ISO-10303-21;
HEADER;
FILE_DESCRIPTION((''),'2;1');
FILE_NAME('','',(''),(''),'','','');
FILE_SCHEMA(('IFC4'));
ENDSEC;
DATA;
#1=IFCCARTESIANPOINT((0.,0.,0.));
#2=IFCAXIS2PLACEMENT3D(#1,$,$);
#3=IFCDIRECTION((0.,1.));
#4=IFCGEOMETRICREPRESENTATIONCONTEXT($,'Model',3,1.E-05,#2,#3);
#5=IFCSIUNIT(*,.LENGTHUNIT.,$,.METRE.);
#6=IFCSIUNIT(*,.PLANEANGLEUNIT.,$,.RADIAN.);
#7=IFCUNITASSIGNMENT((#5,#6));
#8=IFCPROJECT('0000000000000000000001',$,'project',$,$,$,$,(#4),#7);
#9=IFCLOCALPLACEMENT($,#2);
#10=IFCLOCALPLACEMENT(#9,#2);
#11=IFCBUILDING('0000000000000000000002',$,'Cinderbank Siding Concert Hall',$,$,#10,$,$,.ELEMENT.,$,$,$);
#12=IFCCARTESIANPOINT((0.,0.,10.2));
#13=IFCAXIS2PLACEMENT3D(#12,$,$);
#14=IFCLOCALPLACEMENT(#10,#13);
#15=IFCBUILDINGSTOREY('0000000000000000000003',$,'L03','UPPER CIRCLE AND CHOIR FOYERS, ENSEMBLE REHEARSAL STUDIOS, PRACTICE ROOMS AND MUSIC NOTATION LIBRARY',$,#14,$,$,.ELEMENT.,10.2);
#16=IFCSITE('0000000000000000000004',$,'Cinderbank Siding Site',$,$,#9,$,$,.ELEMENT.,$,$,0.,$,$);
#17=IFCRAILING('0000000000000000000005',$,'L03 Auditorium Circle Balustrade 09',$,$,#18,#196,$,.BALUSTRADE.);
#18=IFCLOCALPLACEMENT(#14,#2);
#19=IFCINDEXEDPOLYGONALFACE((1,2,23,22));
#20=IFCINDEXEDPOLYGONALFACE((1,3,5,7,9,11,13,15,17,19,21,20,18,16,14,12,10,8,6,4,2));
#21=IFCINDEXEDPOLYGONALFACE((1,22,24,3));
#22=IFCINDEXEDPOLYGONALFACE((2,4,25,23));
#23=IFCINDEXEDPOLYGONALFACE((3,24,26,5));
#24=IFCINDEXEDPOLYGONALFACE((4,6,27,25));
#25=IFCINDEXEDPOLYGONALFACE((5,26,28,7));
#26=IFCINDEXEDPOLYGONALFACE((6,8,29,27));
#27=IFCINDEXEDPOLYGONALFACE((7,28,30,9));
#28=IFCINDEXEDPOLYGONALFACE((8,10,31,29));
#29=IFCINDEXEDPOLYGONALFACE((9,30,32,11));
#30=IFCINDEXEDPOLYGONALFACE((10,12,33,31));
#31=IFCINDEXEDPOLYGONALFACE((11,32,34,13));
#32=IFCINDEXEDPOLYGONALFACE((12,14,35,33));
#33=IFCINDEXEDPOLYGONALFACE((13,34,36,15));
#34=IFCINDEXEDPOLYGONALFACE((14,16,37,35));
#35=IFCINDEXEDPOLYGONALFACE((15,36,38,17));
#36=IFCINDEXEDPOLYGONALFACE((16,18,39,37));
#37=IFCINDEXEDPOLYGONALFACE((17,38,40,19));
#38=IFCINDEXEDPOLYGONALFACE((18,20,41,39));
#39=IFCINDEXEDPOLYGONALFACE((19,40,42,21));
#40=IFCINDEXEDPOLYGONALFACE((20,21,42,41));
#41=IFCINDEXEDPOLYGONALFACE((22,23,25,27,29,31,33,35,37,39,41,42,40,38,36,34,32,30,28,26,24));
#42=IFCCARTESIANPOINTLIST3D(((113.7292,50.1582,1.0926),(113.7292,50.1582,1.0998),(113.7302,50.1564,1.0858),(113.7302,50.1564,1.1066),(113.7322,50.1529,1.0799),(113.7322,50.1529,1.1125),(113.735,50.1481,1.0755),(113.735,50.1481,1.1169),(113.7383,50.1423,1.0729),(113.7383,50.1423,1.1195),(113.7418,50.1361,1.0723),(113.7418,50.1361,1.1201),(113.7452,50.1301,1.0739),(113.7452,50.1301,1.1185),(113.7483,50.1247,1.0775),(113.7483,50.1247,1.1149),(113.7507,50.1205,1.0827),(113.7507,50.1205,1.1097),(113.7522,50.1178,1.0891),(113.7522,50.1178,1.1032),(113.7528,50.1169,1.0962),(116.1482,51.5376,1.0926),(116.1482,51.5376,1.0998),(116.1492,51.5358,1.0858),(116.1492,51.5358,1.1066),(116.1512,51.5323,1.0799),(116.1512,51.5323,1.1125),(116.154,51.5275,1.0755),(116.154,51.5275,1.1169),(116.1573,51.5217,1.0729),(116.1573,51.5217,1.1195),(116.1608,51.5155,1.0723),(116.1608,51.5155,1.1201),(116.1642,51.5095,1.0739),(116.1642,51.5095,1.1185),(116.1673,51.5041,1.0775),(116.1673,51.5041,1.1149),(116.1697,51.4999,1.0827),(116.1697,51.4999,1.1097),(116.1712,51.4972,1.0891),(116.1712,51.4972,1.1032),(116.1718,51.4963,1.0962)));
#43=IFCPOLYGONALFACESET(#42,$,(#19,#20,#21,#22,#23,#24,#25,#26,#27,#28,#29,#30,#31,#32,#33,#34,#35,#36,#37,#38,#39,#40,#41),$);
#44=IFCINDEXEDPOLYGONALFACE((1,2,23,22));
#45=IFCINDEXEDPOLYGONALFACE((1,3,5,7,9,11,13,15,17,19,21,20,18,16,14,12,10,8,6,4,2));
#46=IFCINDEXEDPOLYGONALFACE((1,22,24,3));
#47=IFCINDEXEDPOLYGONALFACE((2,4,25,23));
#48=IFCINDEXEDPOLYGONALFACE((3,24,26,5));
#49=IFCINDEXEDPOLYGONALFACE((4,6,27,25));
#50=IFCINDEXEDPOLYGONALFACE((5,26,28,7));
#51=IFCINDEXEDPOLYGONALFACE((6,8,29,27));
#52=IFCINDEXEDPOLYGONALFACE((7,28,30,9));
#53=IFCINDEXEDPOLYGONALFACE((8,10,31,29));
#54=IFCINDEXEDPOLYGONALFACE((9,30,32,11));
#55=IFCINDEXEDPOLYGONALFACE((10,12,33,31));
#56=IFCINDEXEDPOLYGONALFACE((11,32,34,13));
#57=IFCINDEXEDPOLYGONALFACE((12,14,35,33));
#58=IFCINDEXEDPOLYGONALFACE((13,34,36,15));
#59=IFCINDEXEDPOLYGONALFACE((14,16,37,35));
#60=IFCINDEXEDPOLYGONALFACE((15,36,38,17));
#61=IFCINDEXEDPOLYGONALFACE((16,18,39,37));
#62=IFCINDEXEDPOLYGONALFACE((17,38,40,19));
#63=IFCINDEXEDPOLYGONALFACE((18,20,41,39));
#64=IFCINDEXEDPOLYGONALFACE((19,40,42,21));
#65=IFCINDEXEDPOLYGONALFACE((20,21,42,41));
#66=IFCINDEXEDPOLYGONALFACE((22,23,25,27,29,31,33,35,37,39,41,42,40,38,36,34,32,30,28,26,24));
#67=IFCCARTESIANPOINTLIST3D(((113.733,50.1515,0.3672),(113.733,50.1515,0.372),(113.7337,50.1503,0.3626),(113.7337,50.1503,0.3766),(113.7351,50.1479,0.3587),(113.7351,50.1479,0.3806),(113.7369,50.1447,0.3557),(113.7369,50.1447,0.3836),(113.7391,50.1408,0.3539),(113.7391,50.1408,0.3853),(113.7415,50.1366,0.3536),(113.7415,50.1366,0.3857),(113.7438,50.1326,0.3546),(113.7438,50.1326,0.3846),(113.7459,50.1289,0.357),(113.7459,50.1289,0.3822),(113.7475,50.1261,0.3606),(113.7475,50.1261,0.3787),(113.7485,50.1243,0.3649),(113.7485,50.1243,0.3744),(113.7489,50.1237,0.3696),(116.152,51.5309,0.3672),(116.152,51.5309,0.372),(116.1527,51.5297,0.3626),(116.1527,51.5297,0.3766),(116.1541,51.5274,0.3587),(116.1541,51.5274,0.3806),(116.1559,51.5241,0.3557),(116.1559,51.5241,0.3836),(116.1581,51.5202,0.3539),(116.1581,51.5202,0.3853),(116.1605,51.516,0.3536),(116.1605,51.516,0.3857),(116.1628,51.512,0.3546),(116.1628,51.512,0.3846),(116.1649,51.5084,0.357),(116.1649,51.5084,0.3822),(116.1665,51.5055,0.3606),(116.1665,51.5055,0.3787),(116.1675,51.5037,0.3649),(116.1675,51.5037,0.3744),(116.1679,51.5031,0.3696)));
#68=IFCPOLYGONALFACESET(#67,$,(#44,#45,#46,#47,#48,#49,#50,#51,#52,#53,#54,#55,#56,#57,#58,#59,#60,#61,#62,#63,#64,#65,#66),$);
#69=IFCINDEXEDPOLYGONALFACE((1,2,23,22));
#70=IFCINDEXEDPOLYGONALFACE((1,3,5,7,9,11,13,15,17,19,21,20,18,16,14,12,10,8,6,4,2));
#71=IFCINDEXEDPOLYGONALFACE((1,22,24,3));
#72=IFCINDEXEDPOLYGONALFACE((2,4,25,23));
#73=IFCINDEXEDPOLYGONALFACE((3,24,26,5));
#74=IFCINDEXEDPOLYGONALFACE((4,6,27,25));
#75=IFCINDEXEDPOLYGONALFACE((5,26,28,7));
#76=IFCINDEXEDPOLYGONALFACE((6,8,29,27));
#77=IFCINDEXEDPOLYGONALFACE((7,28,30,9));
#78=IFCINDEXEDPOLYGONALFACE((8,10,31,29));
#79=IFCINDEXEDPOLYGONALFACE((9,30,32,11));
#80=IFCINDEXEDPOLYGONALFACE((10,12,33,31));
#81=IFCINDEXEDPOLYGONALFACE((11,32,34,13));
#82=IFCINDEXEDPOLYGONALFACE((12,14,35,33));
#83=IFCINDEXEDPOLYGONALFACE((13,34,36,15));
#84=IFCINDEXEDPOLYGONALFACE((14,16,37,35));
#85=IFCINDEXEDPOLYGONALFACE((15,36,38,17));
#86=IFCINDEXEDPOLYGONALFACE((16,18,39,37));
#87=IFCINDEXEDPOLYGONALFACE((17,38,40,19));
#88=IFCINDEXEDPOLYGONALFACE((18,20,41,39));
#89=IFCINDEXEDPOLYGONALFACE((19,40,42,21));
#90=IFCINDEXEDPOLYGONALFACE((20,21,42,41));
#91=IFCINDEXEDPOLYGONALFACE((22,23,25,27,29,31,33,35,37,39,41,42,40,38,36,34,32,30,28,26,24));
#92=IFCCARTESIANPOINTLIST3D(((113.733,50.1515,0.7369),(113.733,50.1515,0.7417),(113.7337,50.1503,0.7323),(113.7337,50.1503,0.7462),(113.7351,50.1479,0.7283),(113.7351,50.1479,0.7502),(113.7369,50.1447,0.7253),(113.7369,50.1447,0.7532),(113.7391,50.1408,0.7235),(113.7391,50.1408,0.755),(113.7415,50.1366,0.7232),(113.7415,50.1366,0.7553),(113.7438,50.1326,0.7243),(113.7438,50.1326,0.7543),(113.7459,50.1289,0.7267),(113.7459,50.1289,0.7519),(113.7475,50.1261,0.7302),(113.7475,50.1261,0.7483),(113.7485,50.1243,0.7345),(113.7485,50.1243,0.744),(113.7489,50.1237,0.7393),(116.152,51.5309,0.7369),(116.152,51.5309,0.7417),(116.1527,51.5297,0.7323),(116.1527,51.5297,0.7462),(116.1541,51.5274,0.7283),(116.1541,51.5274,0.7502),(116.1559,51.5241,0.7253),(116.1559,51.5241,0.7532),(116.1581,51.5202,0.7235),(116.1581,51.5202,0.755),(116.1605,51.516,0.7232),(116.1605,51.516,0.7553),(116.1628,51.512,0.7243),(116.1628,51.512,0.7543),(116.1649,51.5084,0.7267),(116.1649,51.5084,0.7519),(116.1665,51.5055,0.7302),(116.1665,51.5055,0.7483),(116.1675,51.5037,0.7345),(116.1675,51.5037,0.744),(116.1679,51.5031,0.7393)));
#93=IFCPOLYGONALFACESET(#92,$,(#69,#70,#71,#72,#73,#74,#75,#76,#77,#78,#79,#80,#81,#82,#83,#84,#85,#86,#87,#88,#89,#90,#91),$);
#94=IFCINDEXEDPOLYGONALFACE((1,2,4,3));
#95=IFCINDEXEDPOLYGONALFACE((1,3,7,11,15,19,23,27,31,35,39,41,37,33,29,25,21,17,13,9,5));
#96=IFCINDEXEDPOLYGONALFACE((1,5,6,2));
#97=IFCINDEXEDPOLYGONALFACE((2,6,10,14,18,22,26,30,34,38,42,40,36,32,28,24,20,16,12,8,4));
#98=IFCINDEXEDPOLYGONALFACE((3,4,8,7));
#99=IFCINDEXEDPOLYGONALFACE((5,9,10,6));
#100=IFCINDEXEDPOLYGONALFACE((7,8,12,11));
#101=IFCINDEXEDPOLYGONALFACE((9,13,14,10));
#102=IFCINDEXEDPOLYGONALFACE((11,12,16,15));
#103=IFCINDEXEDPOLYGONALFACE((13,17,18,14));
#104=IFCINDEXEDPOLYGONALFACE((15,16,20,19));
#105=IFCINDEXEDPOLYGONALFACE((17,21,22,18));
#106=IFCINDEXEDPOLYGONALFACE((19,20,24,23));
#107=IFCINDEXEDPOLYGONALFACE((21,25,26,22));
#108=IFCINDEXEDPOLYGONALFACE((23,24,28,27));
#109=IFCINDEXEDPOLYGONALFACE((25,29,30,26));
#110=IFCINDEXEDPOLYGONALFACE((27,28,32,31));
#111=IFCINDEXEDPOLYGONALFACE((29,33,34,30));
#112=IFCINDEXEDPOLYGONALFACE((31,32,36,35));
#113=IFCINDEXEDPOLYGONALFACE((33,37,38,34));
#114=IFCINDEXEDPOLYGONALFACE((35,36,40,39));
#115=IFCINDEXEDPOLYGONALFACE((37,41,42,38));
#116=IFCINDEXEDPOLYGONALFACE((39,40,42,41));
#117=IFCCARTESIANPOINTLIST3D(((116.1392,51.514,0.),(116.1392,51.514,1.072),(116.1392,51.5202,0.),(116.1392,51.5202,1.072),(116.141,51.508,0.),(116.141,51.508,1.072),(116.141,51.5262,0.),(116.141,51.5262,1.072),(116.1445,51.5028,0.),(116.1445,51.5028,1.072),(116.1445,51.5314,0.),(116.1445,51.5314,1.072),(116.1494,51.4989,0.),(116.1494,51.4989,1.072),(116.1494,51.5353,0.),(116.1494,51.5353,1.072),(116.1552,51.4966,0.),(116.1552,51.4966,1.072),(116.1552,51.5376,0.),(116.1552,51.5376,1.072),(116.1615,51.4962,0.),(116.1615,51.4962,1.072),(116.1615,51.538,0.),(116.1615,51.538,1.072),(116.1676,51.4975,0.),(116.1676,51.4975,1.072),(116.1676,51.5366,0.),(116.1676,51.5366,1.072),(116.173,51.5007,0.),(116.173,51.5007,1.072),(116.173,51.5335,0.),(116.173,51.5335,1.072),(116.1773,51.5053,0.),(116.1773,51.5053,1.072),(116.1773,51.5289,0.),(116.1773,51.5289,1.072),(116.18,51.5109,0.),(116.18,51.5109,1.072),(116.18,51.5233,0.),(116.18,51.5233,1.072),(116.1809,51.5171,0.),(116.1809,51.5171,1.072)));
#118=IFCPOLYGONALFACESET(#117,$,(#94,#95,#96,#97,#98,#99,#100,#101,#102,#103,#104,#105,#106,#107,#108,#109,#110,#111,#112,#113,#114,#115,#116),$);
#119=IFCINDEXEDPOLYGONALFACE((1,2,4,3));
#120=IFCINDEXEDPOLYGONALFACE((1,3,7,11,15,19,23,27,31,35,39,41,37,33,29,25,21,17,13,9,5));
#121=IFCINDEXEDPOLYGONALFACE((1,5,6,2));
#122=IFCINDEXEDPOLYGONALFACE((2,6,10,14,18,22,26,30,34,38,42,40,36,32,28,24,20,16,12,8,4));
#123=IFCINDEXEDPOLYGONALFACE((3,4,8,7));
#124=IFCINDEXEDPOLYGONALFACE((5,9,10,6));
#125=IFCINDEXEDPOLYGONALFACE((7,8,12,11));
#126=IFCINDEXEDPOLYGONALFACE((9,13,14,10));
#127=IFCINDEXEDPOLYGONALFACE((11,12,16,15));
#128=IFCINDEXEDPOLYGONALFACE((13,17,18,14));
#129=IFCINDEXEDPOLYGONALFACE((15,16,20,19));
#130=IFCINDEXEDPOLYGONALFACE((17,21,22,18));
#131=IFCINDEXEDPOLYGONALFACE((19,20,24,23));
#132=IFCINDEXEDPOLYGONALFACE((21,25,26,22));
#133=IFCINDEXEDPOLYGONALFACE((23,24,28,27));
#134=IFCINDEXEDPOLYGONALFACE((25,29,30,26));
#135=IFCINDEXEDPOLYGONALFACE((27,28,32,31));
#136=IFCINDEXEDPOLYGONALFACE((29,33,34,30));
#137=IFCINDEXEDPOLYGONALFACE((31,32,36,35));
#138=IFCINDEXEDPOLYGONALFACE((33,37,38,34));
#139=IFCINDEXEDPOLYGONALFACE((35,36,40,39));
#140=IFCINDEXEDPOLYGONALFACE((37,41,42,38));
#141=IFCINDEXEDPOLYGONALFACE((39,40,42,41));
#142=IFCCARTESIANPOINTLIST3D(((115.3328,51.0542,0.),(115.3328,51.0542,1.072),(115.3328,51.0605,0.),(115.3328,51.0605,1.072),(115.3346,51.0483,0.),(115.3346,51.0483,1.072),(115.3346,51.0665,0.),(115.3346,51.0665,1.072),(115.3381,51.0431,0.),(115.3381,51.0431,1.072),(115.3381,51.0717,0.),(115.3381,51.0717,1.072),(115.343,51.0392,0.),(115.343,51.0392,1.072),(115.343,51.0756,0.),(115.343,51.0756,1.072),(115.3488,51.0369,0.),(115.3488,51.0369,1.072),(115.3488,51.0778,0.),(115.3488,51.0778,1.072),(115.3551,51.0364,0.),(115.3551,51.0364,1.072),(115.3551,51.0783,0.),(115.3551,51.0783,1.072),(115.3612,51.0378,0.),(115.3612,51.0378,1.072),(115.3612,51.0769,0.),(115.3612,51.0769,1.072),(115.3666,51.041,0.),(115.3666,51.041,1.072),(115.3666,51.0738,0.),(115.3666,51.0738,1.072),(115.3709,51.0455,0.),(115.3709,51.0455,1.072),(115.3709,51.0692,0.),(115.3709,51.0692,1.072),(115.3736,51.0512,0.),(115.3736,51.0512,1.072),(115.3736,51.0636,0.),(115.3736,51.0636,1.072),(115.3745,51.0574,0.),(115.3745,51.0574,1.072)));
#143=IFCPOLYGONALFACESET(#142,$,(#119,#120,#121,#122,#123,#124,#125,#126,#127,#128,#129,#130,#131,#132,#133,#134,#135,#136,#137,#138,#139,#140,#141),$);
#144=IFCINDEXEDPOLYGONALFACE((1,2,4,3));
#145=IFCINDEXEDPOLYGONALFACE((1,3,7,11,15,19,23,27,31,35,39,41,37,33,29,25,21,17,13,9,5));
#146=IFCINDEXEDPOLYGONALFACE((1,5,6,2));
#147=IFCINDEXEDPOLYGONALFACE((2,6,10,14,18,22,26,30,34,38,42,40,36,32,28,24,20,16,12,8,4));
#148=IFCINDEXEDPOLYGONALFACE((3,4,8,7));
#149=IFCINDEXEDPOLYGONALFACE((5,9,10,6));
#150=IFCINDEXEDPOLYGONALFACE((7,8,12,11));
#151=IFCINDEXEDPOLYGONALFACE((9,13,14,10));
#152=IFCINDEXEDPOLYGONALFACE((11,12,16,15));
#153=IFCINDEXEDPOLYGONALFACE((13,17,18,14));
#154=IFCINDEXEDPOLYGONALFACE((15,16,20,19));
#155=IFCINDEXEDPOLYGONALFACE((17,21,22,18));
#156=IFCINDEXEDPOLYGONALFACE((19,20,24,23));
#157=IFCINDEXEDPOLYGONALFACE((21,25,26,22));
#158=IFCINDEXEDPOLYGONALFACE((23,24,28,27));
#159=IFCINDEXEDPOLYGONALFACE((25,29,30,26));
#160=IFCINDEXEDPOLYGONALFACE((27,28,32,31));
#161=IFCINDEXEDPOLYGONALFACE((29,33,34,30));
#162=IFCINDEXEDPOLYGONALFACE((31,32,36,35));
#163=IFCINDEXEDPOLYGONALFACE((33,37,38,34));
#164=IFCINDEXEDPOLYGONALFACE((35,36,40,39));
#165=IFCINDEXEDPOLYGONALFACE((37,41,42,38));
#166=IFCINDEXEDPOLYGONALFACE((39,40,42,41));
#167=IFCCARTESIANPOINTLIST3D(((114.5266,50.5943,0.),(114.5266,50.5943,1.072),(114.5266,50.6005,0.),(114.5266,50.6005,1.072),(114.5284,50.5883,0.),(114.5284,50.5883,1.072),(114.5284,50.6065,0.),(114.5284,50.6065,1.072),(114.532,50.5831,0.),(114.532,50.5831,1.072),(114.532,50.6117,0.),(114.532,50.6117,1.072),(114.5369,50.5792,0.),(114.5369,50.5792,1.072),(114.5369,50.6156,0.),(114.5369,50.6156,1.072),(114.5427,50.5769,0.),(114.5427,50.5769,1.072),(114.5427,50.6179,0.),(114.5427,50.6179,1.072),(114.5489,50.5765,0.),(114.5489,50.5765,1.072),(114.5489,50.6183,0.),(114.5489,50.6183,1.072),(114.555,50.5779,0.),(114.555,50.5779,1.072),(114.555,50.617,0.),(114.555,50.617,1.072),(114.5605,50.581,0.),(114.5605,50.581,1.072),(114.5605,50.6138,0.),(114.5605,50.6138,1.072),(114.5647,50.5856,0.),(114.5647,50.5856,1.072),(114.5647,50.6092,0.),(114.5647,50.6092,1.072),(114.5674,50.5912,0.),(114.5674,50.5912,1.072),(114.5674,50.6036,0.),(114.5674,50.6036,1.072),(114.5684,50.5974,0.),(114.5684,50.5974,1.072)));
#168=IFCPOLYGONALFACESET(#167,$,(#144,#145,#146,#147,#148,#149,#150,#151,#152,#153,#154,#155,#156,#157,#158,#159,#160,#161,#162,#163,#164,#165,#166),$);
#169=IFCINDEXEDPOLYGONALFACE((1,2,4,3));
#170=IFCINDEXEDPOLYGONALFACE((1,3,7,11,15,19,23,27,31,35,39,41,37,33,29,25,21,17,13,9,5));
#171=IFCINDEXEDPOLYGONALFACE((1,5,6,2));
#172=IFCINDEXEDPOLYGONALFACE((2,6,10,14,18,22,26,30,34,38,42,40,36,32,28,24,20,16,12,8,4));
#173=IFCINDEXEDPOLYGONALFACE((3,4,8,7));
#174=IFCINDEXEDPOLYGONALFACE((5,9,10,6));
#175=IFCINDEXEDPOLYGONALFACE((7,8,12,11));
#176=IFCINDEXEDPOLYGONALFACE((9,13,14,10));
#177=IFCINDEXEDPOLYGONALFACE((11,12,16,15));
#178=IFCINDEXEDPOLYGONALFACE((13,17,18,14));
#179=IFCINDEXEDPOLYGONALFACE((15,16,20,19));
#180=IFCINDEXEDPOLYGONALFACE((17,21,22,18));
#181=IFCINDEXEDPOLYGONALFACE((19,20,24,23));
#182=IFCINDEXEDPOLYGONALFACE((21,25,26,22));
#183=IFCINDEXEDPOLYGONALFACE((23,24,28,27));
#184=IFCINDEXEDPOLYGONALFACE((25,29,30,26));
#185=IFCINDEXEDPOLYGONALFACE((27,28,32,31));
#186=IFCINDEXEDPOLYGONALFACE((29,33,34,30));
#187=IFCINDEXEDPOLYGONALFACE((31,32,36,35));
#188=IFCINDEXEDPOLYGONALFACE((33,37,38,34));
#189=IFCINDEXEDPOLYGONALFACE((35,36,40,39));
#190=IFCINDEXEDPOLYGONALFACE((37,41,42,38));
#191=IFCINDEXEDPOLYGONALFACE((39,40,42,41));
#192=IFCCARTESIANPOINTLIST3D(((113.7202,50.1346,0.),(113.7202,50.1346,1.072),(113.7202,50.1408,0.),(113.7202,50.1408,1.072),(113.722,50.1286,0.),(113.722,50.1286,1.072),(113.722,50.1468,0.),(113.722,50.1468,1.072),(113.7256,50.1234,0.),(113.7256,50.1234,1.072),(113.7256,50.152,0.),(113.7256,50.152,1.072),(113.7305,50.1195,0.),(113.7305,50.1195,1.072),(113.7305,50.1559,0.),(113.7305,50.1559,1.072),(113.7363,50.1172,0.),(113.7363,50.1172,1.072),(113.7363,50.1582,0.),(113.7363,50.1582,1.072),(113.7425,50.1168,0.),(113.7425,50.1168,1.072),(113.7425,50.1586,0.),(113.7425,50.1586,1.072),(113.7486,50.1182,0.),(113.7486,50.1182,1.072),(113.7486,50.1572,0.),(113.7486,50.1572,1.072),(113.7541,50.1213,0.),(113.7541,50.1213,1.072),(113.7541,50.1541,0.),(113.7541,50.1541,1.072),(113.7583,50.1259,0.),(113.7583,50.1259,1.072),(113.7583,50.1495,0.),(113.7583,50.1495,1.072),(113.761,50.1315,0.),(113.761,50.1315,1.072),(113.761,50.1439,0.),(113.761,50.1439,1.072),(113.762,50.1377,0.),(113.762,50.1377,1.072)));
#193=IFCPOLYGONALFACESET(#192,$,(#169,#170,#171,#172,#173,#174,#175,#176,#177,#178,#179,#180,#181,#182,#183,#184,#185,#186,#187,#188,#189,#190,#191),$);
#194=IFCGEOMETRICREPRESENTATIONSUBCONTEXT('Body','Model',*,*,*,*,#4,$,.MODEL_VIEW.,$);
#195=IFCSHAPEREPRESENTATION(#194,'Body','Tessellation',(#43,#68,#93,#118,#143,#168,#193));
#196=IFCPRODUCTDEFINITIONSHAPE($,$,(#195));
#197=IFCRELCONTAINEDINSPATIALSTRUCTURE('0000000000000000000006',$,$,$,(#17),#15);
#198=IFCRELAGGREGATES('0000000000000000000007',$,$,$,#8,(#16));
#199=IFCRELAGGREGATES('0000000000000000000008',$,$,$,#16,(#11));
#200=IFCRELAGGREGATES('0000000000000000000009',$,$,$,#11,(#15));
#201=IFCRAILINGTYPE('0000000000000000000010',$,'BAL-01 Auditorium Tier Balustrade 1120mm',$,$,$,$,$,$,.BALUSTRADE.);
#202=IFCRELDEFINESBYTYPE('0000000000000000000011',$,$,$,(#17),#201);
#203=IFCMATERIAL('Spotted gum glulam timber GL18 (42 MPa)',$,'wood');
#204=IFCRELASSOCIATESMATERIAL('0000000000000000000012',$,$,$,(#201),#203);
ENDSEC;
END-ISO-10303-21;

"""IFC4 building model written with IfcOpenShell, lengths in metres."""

from ifc_helpers import new_model, si_unit, direction, frame, origin, origin_2d, place, context, subcontext, project, spatial, circle, extrude, material, type_object, element, save


model = new_model("IFC4")

# Units and contexts
model_context = context("Model", 3, precision=1e-05, world=origin(), true_north=direction((0.0, 1.0)))
body_context = subcontext(model_context, "Body", "Model", "MODEL_VIEW")
ifc_project = project(units=[si_unit("LENGTHUNIT", "METRE"), si_unit("PLANEANGLEUNIT", "RADIAN")], contexts=[model_context])

# Site, building, storey
site_placement = place(None, origin())
site = spatial("IfcSite", under=ifc_project, at=site_placement, Name="Cinderbank Siding Site", CompositionType="ELEMENT", RefElevation=0.0)
building_placement = place(site_placement, origin())
building = spatial("IfcBuilding", under=site, at=building_placement, Name="Cinderbank Siding Concert Hall", CompositionType="ELEMENT")
storey_placement = place(building_placement, frame((0.0, 0.0, 10.2)))
storey = spatial("IfcBuildingStorey", under=building, at=storey_placement, Name="L03", Description="UPPER CIRCLE AND CHOIR FOYERS, ENSEMBLE REHEARSAL STUDIOS, PRACTICE ROOMS AND MUSIC NOTATION LIBRARY", CompositionType="ELEMENT", Elevation=10.2)

# Shared definitions
ifc_material_1 = material(Name="Spotted gum glulam timber GL18 (42 MPa)", Category="wood")

# Railing
railing_type = type_object("IfcRailingType", Name="BAL-01 Auditorium Tier Balustrade 1120mm", PredefinedType="BALUSTRADE", material=ifc_material_1)
railing_1_placement = place(storey_placement, frame((116.1599, 51.5171, 0.0)))
element("IfcRailing", 1, at=railing_1_placement, inside=storey, type_object=railing_type, Name="L03 Auditorium Circle Balustrade 09", PredefinedType="BALUSTRADE", context=body_context, shape_type="SweptSolid", body=[
    extrude(circle(Radius=0.0239, at=origin_2d()), frame((0.0, 0.0, 1.0962), z_axis=(-0.868685, -0.495365, 0.0), x_axis=(0.495365, -0.868685, 0.0)), (0.0, 0.0, 1.0), 2.7847),
    extrude(circle(Radius=0.0161, at=origin_2d()), frame((0.0, 0.0, 0.3696), z_axis=(-0.868685, -0.495365, 0.0), x_axis=(0.495365, -0.868685, 0.0)), (0.0, 0.0, 1.0), 2.7847),
    extrude(circle(Radius=0.0161, at=origin_2d()), frame((0.0, 0.0, 0.7393), z_axis=(-0.868685, -0.495365, 0.0), x_axis=(0.495365, -0.868685, 0.0)), (0.0, 0.0, 1.0), 2.7847),
    extrude(circle(Radius=0.021, at=origin_2d()), origin(), (0.0, 0.0, 1.0), 1.072),
    extrude(circle(Radius=0.021, at=origin_2d()), frame((-0.8064, -0.4597, 0.0)), (0.0, 0.0, 1.0), 1.072),
    extrude(circle(Radius=0.021, at=origin_2d()), frame((-1.6125, -0.9197, 0.0)), (0.0, 0.0, 1.0), 1.072),
    extrude(circle(Radius=0.021, at=origin_2d()), frame((-2.4189, -1.3794, 0.0)), (0.0, 0.0, 1.0), 1.072),
])

save(model, "model.ifc")
